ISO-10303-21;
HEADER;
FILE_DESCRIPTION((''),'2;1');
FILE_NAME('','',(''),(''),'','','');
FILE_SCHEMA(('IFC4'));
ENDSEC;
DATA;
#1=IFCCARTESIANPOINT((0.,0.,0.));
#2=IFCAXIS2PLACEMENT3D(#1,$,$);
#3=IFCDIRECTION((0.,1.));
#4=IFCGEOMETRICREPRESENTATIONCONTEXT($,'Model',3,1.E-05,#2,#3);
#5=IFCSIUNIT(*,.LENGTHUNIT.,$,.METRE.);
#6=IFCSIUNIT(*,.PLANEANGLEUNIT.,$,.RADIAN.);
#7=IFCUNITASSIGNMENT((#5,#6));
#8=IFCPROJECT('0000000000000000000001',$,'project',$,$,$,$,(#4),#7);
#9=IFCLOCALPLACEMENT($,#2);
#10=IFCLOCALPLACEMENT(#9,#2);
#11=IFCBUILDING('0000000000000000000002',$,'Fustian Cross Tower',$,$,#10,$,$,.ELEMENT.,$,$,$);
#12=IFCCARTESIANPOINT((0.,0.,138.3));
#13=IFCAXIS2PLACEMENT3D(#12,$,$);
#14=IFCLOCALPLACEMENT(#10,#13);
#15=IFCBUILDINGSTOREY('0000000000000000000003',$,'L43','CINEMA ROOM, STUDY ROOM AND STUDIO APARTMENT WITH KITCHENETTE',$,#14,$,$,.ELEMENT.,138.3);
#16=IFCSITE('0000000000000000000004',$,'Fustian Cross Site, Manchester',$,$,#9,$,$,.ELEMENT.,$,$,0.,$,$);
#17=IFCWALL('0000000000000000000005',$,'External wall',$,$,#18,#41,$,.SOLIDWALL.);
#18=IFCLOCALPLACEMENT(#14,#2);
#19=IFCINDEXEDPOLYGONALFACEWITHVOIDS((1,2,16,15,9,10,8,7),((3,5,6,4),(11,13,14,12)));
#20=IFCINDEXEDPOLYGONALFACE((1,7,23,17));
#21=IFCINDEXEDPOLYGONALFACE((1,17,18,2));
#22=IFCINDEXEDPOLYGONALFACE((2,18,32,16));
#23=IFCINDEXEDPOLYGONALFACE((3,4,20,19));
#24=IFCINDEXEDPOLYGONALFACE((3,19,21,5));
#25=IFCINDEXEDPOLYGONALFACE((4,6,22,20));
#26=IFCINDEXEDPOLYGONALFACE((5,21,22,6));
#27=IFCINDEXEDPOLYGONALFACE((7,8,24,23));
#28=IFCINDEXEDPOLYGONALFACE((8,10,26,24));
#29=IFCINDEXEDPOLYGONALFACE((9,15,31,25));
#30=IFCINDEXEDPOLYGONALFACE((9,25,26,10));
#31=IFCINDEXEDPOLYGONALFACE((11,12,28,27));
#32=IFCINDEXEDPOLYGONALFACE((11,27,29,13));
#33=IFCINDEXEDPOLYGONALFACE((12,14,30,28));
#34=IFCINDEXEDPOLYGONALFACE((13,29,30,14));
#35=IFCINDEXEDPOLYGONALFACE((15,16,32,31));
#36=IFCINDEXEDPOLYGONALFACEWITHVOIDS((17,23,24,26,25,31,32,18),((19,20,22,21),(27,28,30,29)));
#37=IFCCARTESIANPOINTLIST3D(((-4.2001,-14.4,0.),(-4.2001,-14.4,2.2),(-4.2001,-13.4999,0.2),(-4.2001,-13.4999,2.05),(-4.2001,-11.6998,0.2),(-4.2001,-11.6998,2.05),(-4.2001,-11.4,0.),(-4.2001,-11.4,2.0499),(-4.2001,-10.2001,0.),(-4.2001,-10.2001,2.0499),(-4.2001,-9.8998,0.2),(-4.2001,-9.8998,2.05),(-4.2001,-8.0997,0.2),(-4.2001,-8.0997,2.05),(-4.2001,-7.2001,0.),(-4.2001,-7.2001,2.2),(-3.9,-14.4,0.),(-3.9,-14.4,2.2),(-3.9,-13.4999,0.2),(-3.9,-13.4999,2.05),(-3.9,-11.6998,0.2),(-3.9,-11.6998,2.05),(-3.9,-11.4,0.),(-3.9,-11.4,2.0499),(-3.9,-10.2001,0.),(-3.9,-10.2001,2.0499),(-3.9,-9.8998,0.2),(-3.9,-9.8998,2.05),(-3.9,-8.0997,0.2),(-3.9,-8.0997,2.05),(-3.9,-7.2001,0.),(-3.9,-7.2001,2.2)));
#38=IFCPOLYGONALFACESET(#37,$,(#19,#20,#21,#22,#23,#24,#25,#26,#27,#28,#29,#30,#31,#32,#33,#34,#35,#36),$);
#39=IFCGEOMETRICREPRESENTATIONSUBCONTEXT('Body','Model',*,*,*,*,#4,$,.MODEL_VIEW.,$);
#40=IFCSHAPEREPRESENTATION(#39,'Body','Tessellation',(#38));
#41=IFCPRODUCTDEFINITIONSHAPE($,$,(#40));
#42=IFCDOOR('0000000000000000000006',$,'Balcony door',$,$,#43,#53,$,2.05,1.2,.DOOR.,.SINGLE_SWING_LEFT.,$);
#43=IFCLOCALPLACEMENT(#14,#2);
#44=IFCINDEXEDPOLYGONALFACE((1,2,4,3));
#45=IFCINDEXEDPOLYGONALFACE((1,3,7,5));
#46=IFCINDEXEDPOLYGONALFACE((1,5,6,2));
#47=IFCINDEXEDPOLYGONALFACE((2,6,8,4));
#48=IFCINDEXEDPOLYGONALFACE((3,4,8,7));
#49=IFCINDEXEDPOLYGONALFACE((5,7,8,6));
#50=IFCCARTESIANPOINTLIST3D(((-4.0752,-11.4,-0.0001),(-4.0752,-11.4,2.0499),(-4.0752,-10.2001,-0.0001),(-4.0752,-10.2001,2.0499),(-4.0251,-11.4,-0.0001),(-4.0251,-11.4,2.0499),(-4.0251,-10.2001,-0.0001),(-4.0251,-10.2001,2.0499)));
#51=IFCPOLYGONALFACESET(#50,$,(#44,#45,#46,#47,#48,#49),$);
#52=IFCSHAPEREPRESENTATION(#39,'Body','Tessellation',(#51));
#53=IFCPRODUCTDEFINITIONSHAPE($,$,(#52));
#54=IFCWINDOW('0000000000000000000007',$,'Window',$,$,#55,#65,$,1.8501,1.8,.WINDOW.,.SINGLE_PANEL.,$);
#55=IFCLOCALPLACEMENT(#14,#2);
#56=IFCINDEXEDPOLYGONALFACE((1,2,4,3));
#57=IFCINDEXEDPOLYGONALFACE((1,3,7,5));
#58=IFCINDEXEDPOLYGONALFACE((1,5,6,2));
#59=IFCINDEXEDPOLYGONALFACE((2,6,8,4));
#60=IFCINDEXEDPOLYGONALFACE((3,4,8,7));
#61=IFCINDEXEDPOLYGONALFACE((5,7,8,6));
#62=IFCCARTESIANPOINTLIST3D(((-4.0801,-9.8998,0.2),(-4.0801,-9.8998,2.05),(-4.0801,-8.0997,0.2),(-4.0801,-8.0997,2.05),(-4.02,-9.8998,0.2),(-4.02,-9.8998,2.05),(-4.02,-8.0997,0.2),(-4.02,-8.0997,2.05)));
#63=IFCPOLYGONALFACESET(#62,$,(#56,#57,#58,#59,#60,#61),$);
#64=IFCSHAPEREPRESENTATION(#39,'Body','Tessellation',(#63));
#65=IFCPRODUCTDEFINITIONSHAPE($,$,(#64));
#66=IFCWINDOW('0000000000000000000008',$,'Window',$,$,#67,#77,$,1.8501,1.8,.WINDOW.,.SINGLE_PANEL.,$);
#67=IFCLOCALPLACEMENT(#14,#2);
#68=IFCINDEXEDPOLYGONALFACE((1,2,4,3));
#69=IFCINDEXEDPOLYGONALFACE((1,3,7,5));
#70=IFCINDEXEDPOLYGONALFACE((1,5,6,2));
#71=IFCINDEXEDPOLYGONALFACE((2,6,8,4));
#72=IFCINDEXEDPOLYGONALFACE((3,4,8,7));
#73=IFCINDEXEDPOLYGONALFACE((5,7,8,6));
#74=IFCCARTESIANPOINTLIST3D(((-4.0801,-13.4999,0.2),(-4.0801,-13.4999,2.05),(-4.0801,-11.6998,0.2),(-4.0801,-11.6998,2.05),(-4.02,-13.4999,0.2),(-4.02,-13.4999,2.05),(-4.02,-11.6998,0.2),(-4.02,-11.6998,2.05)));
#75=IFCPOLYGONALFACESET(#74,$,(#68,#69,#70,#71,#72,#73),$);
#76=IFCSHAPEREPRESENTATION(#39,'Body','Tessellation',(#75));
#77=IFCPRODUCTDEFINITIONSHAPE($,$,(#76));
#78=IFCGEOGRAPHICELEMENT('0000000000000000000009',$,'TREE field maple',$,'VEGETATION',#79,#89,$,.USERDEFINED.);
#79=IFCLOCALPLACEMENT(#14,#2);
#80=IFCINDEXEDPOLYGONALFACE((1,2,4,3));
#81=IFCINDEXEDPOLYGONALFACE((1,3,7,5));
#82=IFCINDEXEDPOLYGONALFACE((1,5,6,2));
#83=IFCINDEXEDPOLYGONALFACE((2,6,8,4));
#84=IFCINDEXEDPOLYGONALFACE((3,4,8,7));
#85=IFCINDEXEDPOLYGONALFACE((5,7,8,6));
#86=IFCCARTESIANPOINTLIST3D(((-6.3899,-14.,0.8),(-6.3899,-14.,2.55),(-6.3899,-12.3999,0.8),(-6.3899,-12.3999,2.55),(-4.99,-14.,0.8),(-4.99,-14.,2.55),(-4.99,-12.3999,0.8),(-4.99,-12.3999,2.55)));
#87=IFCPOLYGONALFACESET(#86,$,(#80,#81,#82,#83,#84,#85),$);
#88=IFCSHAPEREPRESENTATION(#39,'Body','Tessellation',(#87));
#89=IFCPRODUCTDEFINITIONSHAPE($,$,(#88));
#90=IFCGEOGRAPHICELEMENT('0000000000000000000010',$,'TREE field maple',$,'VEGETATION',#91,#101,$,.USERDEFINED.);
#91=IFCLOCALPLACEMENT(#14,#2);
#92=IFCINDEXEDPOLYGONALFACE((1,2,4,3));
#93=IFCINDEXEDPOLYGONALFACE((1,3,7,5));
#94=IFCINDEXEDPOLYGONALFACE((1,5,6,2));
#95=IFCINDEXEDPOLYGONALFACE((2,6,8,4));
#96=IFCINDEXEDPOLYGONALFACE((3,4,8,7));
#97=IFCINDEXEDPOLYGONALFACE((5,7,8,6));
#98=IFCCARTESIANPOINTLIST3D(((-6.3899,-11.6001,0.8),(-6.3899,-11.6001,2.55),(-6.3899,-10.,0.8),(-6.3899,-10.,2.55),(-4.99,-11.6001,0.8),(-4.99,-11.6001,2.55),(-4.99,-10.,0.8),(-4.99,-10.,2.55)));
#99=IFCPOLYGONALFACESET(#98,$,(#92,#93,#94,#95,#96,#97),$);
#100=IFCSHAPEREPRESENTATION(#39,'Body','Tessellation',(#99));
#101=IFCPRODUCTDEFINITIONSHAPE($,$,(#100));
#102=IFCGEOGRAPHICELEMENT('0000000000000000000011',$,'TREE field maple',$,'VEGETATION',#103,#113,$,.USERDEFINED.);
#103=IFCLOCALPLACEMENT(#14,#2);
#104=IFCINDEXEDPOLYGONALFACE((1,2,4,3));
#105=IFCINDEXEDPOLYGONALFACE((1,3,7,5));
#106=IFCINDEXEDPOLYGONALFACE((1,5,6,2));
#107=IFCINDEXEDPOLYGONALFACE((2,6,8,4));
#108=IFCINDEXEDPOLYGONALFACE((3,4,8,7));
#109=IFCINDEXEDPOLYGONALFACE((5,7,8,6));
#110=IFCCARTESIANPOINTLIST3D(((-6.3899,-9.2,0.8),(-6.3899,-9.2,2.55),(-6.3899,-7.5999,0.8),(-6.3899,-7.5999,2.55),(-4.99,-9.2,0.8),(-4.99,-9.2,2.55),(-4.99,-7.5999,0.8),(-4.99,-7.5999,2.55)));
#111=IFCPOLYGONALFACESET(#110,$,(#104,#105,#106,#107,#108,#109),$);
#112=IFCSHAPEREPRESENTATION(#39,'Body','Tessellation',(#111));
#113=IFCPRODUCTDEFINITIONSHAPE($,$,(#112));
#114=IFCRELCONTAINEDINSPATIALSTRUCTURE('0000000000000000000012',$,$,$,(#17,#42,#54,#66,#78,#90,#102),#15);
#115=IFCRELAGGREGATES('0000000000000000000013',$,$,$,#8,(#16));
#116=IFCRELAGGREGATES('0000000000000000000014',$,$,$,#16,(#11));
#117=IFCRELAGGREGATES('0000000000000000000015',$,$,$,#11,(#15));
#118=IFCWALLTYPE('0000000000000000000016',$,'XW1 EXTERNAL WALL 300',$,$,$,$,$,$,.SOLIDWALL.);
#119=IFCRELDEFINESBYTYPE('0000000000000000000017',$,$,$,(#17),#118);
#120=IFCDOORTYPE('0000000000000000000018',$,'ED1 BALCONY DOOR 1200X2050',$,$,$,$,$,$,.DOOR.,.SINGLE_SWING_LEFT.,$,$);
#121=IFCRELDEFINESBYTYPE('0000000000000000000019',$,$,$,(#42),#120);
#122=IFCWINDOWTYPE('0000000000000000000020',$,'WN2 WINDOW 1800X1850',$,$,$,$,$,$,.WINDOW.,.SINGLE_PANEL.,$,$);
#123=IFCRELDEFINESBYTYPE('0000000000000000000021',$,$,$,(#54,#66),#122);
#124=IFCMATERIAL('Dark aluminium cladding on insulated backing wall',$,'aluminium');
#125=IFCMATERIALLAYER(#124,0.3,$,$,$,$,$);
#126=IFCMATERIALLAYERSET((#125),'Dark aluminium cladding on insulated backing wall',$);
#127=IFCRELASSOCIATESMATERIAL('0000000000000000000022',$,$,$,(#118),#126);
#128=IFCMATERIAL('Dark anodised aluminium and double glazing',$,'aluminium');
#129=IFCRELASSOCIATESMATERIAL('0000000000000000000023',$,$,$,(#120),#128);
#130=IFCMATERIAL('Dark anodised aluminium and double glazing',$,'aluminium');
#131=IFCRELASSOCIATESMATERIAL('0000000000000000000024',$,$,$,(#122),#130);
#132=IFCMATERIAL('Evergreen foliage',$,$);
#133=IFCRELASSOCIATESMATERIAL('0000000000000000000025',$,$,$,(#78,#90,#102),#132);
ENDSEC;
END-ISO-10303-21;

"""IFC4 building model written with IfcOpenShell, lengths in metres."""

from ifc_helpers import new_model, si_unit, direction, frame, frame_2d, origin, origin_2d, place, context, subcontext, project, spatial, rectangle, extrude, material, layer, layer_set, type_object, element, fill, save


model = new_model("IFC4")

# Units and contexts
model_context = context("Model", 3, precision=1e-05, world=origin(), true_north=direction((0.0, 1.0)))
body_context = subcontext(model_context, "Body", "Model", "MODEL_VIEW")
ifc_project = project(units=[si_unit("LENGTHUNIT", "METRE"), si_unit("PLANEANGLEUNIT", "RADIAN")], contexts=[model_context])

# Site, building, storey
site_placement = place(None, origin())
site = spatial("IfcSite", under=ifc_project, at=site_placement, Name="Fustian Cross Site, Manchester", CompositionType="ELEMENT", RefElevation=0.0)
building_placement = place(site_placement, origin())
building = spatial("IfcBuilding", under=site, at=building_placement, Name="Fustian Cross Tower", CompositionType="ELEMENT")
storey_placement = place(building_placement, frame((0.0, 0.0, 138.3)))
storey = spatial("IfcBuildingStorey", under=building, at=storey_placement, Name="L43", Description="CINEMA ROOM, STUDY ROOM AND STUDIO APARTMENT WITH KITCHENETTE", CompositionType="ELEMENT", Elevation=138.3)

# Shared definitions
ifc_material_1 = material(Name="Dark aluminium cladding on insulated backing wall", Category="aluminium")
ifc_layer_1 = layer(ifc_material_1, 0.3)
ifc_layer_set_1 = layer_set([ifc_layer_1], Name="Dark aluminium cladding on insulated backing wall")
wall_type_1 = type_object("IfcWallType", Name="XW1 EXTERNAL WALL 300", PredefinedType="SOLIDWALL", material=ifc_layer_set_1)

# Wall, openings, door, windows
wall_1_placement = place(storey_placement, frame((-4.05, -7.2, 0.0), z_axis=(0.0, 0.0, 1.0), x_axis=(0.0, -1.0, 0.0)))
wall_1 = element("IfcWall", 1, at=wall_1_placement, inside=storey, type_object=wall_type_1, Name="External wall", PredefinedType="SOLIDWALL", context=body_context, shape_type="SweptSolid", body=[
    extrude(rectangle(XDim=7.2, YDim=0.3, at=frame_2d((3.6001, 0.0))), origin(), (0.0, 0.0, 1.0), 2.2),
])
opening_1_placement = place(wall_1_placement, frame((3.0, 0.0, 0.0)))
opening_1 = element("IfcOpeningElement", 2, at=opening_1_placement, cuts=wall_1, PredefinedType="OPENING", context=body_context, shape_type="SweptSolid", body=[
    extrude(rectangle(XDim=1.2, YDim=2.05, at=frame_2d((0.6001, 1.0249))), frame((0.0, 0.1599, 0.0), z_axis=(0.0, -1.0, 0.0), x_axis=(1.0, 0.0, 0.0)), (0.0, 0.0, 1.0), 0.3201),
])
opening_2_placement = place(wall_1_placement, frame((0.8999, 0.0, 0.2)))
opening_2 = element("IfcOpeningElement", 3, at=opening_2_placement, cuts=wall_1, PredefinedType="OPENING", context=body_context, shape_type="SweptSolid", body=[
    extrude(rectangle(XDim=1.8, YDim=1.8501, at=frame_2d((0.8999, 0.925))), frame((0.0, 0.1599, 0.0), z_axis=(0.0, -1.0, 0.0), x_axis=(1.0, 0.0, 0.0)), (0.0, 0.0, 1.0), 0.3201),
])
opening_3_placement = place(wall_1_placement, frame((4.5, 0.0, 0.2)))
opening_3 = element("IfcOpeningElement", 4, at=opening_3_placement, cuts=wall_1, PredefinedType="OPENING", context=body_context, shape_type="SweptSolid", body=[
    extrude(rectangle(XDim=1.8, YDim=1.8501, at=frame_2d((0.8999, 0.925))), frame((0.0, 0.1599, 0.0), z_axis=(0.0, -1.0, 0.0), x_axis=(1.0, 0.0, 0.0)), (0.0, 0.0, 1.0), 0.3201),
])
ifc_material_2 = material(Name="Dark anodised aluminium and double glazing", Category="aluminium")
door_type_1 = type_object("IfcDoorType", Name="ED1 BALCONY DOOR 1200X2050", OperationType="SINGLE_SWING_LEFT", PredefinedType="DOOR", material=ifc_material_2)
door_1_placement = place(opening_1_placement, origin())
door_1 = element("IfcDoor", 5, at=door_1_placement, inside=storey, type_object=door_type_1, Name="Balcony door", OperationType="SINGLE_SWING_LEFT", OverallHeight=2.05, OverallWidth=1.2, PredefinedType="DOOR", context=body_context, shape_type="SweptSolid", body=[
    extrude(rectangle(XDim=1.2, YDim=2.05, at=frame_2d((0.6001, 1.0249))), frame((0.0, 0.0249, 0.0), z_axis=(0.0, -1.0, 0.0), x_axis=(1.0, 0.0, 0.0)), (0.0, 0.0, 1.0), 0.05),
])
fill(opening_1, door_1)
ifc_material_3 = material(Name="Dark anodised aluminium and double glazing", Category="aluminium")
window_type = type_object("IfcWindowType", Name="WN2 WINDOW 1800X1850", PartitioningType="SINGLE_PANEL", PredefinedType="WINDOW", material=ifc_material_3)
window_1_placement = place(opening_2_placement, origin())
window_1 = element("IfcWindow", 6, at=window_1_placement, inside=storey, type_object=window_type, Name="Window", OverallHeight=1.8501, OverallWidth=1.8, PartitioningType="SINGLE_PANEL", PredefinedType="WINDOW", context=body_context, shape_type="SweptSolid", body=[
    extrude(rectangle(XDim=1.8, YDim=1.8501, at=frame_2d((0.8999, 0.925))), frame((0.0, 0.03, 0.0), z_axis=(0.0, -1.0, 0.0), x_axis=(1.0, 0.0, 0.0)), (0.0, 0.0, 1.0), 0.0601),
])
fill(opening_2, window_1)
window_2_placement = place(opening_3_placement, origin())
window_2 = element("IfcWindow", 7, at=window_2_placement, inside=storey, type_object=window_type, Name="Window", OverallHeight=1.8501, OverallWidth=1.8, PartitioningType="SINGLE_PANEL", PredefinedType="WINDOW", context=body_context, shape_type="SweptSolid", body=[
    extrude(rectangle(XDim=1.8, YDim=1.8501, at=frame_2d((0.8999, 0.925))), frame((0.0, 0.03, 0.0), z_axis=(0.0, -1.0, 0.0), x_axis=(1.0, 0.0, 0.0)), (0.0, 0.0, 1.0), 0.0601),
])
fill(opening_3, window_2)

# Geographic elements
ifc_material_4 = material(Name="Evergreen foliage")
for number, where, z_axis, x_axis, name in (
    (8, (-5.6899, -13.2, 0.8), (0.0, 0.0, 1.0), (1.0, 0.0, 0.0), "TREE field maple"),
    (9, (-5.6899, -10.8, 0.8), (0.0, 0.0, 1.0), (1.0, 0.0, 0.0), "TREE field maple"),
    (10, (-5.6899, -8.3999, 0.8), (0.0, 0.0, 1.0), (1.0, 0.0, 0.0), "TREE field maple"),
):
    element("IfcGeographicElement", number, at=place(storey_placement, frame(where, z_axis=z_axis, x_axis=x_axis)), inside=storey, material=ifc_material_4, Name=name, ObjectType="VEGETATION", PredefinedType="USERDEFINED", context=body_context, shape_type="SweptSolid", body=[
        extrude(rectangle(XDim=1.3999, YDim=1.6001, at=origin_2d()), origin(), (0.0, 0.0, 1.0), 1.75),
    ])

save(model, "model.ifc")
